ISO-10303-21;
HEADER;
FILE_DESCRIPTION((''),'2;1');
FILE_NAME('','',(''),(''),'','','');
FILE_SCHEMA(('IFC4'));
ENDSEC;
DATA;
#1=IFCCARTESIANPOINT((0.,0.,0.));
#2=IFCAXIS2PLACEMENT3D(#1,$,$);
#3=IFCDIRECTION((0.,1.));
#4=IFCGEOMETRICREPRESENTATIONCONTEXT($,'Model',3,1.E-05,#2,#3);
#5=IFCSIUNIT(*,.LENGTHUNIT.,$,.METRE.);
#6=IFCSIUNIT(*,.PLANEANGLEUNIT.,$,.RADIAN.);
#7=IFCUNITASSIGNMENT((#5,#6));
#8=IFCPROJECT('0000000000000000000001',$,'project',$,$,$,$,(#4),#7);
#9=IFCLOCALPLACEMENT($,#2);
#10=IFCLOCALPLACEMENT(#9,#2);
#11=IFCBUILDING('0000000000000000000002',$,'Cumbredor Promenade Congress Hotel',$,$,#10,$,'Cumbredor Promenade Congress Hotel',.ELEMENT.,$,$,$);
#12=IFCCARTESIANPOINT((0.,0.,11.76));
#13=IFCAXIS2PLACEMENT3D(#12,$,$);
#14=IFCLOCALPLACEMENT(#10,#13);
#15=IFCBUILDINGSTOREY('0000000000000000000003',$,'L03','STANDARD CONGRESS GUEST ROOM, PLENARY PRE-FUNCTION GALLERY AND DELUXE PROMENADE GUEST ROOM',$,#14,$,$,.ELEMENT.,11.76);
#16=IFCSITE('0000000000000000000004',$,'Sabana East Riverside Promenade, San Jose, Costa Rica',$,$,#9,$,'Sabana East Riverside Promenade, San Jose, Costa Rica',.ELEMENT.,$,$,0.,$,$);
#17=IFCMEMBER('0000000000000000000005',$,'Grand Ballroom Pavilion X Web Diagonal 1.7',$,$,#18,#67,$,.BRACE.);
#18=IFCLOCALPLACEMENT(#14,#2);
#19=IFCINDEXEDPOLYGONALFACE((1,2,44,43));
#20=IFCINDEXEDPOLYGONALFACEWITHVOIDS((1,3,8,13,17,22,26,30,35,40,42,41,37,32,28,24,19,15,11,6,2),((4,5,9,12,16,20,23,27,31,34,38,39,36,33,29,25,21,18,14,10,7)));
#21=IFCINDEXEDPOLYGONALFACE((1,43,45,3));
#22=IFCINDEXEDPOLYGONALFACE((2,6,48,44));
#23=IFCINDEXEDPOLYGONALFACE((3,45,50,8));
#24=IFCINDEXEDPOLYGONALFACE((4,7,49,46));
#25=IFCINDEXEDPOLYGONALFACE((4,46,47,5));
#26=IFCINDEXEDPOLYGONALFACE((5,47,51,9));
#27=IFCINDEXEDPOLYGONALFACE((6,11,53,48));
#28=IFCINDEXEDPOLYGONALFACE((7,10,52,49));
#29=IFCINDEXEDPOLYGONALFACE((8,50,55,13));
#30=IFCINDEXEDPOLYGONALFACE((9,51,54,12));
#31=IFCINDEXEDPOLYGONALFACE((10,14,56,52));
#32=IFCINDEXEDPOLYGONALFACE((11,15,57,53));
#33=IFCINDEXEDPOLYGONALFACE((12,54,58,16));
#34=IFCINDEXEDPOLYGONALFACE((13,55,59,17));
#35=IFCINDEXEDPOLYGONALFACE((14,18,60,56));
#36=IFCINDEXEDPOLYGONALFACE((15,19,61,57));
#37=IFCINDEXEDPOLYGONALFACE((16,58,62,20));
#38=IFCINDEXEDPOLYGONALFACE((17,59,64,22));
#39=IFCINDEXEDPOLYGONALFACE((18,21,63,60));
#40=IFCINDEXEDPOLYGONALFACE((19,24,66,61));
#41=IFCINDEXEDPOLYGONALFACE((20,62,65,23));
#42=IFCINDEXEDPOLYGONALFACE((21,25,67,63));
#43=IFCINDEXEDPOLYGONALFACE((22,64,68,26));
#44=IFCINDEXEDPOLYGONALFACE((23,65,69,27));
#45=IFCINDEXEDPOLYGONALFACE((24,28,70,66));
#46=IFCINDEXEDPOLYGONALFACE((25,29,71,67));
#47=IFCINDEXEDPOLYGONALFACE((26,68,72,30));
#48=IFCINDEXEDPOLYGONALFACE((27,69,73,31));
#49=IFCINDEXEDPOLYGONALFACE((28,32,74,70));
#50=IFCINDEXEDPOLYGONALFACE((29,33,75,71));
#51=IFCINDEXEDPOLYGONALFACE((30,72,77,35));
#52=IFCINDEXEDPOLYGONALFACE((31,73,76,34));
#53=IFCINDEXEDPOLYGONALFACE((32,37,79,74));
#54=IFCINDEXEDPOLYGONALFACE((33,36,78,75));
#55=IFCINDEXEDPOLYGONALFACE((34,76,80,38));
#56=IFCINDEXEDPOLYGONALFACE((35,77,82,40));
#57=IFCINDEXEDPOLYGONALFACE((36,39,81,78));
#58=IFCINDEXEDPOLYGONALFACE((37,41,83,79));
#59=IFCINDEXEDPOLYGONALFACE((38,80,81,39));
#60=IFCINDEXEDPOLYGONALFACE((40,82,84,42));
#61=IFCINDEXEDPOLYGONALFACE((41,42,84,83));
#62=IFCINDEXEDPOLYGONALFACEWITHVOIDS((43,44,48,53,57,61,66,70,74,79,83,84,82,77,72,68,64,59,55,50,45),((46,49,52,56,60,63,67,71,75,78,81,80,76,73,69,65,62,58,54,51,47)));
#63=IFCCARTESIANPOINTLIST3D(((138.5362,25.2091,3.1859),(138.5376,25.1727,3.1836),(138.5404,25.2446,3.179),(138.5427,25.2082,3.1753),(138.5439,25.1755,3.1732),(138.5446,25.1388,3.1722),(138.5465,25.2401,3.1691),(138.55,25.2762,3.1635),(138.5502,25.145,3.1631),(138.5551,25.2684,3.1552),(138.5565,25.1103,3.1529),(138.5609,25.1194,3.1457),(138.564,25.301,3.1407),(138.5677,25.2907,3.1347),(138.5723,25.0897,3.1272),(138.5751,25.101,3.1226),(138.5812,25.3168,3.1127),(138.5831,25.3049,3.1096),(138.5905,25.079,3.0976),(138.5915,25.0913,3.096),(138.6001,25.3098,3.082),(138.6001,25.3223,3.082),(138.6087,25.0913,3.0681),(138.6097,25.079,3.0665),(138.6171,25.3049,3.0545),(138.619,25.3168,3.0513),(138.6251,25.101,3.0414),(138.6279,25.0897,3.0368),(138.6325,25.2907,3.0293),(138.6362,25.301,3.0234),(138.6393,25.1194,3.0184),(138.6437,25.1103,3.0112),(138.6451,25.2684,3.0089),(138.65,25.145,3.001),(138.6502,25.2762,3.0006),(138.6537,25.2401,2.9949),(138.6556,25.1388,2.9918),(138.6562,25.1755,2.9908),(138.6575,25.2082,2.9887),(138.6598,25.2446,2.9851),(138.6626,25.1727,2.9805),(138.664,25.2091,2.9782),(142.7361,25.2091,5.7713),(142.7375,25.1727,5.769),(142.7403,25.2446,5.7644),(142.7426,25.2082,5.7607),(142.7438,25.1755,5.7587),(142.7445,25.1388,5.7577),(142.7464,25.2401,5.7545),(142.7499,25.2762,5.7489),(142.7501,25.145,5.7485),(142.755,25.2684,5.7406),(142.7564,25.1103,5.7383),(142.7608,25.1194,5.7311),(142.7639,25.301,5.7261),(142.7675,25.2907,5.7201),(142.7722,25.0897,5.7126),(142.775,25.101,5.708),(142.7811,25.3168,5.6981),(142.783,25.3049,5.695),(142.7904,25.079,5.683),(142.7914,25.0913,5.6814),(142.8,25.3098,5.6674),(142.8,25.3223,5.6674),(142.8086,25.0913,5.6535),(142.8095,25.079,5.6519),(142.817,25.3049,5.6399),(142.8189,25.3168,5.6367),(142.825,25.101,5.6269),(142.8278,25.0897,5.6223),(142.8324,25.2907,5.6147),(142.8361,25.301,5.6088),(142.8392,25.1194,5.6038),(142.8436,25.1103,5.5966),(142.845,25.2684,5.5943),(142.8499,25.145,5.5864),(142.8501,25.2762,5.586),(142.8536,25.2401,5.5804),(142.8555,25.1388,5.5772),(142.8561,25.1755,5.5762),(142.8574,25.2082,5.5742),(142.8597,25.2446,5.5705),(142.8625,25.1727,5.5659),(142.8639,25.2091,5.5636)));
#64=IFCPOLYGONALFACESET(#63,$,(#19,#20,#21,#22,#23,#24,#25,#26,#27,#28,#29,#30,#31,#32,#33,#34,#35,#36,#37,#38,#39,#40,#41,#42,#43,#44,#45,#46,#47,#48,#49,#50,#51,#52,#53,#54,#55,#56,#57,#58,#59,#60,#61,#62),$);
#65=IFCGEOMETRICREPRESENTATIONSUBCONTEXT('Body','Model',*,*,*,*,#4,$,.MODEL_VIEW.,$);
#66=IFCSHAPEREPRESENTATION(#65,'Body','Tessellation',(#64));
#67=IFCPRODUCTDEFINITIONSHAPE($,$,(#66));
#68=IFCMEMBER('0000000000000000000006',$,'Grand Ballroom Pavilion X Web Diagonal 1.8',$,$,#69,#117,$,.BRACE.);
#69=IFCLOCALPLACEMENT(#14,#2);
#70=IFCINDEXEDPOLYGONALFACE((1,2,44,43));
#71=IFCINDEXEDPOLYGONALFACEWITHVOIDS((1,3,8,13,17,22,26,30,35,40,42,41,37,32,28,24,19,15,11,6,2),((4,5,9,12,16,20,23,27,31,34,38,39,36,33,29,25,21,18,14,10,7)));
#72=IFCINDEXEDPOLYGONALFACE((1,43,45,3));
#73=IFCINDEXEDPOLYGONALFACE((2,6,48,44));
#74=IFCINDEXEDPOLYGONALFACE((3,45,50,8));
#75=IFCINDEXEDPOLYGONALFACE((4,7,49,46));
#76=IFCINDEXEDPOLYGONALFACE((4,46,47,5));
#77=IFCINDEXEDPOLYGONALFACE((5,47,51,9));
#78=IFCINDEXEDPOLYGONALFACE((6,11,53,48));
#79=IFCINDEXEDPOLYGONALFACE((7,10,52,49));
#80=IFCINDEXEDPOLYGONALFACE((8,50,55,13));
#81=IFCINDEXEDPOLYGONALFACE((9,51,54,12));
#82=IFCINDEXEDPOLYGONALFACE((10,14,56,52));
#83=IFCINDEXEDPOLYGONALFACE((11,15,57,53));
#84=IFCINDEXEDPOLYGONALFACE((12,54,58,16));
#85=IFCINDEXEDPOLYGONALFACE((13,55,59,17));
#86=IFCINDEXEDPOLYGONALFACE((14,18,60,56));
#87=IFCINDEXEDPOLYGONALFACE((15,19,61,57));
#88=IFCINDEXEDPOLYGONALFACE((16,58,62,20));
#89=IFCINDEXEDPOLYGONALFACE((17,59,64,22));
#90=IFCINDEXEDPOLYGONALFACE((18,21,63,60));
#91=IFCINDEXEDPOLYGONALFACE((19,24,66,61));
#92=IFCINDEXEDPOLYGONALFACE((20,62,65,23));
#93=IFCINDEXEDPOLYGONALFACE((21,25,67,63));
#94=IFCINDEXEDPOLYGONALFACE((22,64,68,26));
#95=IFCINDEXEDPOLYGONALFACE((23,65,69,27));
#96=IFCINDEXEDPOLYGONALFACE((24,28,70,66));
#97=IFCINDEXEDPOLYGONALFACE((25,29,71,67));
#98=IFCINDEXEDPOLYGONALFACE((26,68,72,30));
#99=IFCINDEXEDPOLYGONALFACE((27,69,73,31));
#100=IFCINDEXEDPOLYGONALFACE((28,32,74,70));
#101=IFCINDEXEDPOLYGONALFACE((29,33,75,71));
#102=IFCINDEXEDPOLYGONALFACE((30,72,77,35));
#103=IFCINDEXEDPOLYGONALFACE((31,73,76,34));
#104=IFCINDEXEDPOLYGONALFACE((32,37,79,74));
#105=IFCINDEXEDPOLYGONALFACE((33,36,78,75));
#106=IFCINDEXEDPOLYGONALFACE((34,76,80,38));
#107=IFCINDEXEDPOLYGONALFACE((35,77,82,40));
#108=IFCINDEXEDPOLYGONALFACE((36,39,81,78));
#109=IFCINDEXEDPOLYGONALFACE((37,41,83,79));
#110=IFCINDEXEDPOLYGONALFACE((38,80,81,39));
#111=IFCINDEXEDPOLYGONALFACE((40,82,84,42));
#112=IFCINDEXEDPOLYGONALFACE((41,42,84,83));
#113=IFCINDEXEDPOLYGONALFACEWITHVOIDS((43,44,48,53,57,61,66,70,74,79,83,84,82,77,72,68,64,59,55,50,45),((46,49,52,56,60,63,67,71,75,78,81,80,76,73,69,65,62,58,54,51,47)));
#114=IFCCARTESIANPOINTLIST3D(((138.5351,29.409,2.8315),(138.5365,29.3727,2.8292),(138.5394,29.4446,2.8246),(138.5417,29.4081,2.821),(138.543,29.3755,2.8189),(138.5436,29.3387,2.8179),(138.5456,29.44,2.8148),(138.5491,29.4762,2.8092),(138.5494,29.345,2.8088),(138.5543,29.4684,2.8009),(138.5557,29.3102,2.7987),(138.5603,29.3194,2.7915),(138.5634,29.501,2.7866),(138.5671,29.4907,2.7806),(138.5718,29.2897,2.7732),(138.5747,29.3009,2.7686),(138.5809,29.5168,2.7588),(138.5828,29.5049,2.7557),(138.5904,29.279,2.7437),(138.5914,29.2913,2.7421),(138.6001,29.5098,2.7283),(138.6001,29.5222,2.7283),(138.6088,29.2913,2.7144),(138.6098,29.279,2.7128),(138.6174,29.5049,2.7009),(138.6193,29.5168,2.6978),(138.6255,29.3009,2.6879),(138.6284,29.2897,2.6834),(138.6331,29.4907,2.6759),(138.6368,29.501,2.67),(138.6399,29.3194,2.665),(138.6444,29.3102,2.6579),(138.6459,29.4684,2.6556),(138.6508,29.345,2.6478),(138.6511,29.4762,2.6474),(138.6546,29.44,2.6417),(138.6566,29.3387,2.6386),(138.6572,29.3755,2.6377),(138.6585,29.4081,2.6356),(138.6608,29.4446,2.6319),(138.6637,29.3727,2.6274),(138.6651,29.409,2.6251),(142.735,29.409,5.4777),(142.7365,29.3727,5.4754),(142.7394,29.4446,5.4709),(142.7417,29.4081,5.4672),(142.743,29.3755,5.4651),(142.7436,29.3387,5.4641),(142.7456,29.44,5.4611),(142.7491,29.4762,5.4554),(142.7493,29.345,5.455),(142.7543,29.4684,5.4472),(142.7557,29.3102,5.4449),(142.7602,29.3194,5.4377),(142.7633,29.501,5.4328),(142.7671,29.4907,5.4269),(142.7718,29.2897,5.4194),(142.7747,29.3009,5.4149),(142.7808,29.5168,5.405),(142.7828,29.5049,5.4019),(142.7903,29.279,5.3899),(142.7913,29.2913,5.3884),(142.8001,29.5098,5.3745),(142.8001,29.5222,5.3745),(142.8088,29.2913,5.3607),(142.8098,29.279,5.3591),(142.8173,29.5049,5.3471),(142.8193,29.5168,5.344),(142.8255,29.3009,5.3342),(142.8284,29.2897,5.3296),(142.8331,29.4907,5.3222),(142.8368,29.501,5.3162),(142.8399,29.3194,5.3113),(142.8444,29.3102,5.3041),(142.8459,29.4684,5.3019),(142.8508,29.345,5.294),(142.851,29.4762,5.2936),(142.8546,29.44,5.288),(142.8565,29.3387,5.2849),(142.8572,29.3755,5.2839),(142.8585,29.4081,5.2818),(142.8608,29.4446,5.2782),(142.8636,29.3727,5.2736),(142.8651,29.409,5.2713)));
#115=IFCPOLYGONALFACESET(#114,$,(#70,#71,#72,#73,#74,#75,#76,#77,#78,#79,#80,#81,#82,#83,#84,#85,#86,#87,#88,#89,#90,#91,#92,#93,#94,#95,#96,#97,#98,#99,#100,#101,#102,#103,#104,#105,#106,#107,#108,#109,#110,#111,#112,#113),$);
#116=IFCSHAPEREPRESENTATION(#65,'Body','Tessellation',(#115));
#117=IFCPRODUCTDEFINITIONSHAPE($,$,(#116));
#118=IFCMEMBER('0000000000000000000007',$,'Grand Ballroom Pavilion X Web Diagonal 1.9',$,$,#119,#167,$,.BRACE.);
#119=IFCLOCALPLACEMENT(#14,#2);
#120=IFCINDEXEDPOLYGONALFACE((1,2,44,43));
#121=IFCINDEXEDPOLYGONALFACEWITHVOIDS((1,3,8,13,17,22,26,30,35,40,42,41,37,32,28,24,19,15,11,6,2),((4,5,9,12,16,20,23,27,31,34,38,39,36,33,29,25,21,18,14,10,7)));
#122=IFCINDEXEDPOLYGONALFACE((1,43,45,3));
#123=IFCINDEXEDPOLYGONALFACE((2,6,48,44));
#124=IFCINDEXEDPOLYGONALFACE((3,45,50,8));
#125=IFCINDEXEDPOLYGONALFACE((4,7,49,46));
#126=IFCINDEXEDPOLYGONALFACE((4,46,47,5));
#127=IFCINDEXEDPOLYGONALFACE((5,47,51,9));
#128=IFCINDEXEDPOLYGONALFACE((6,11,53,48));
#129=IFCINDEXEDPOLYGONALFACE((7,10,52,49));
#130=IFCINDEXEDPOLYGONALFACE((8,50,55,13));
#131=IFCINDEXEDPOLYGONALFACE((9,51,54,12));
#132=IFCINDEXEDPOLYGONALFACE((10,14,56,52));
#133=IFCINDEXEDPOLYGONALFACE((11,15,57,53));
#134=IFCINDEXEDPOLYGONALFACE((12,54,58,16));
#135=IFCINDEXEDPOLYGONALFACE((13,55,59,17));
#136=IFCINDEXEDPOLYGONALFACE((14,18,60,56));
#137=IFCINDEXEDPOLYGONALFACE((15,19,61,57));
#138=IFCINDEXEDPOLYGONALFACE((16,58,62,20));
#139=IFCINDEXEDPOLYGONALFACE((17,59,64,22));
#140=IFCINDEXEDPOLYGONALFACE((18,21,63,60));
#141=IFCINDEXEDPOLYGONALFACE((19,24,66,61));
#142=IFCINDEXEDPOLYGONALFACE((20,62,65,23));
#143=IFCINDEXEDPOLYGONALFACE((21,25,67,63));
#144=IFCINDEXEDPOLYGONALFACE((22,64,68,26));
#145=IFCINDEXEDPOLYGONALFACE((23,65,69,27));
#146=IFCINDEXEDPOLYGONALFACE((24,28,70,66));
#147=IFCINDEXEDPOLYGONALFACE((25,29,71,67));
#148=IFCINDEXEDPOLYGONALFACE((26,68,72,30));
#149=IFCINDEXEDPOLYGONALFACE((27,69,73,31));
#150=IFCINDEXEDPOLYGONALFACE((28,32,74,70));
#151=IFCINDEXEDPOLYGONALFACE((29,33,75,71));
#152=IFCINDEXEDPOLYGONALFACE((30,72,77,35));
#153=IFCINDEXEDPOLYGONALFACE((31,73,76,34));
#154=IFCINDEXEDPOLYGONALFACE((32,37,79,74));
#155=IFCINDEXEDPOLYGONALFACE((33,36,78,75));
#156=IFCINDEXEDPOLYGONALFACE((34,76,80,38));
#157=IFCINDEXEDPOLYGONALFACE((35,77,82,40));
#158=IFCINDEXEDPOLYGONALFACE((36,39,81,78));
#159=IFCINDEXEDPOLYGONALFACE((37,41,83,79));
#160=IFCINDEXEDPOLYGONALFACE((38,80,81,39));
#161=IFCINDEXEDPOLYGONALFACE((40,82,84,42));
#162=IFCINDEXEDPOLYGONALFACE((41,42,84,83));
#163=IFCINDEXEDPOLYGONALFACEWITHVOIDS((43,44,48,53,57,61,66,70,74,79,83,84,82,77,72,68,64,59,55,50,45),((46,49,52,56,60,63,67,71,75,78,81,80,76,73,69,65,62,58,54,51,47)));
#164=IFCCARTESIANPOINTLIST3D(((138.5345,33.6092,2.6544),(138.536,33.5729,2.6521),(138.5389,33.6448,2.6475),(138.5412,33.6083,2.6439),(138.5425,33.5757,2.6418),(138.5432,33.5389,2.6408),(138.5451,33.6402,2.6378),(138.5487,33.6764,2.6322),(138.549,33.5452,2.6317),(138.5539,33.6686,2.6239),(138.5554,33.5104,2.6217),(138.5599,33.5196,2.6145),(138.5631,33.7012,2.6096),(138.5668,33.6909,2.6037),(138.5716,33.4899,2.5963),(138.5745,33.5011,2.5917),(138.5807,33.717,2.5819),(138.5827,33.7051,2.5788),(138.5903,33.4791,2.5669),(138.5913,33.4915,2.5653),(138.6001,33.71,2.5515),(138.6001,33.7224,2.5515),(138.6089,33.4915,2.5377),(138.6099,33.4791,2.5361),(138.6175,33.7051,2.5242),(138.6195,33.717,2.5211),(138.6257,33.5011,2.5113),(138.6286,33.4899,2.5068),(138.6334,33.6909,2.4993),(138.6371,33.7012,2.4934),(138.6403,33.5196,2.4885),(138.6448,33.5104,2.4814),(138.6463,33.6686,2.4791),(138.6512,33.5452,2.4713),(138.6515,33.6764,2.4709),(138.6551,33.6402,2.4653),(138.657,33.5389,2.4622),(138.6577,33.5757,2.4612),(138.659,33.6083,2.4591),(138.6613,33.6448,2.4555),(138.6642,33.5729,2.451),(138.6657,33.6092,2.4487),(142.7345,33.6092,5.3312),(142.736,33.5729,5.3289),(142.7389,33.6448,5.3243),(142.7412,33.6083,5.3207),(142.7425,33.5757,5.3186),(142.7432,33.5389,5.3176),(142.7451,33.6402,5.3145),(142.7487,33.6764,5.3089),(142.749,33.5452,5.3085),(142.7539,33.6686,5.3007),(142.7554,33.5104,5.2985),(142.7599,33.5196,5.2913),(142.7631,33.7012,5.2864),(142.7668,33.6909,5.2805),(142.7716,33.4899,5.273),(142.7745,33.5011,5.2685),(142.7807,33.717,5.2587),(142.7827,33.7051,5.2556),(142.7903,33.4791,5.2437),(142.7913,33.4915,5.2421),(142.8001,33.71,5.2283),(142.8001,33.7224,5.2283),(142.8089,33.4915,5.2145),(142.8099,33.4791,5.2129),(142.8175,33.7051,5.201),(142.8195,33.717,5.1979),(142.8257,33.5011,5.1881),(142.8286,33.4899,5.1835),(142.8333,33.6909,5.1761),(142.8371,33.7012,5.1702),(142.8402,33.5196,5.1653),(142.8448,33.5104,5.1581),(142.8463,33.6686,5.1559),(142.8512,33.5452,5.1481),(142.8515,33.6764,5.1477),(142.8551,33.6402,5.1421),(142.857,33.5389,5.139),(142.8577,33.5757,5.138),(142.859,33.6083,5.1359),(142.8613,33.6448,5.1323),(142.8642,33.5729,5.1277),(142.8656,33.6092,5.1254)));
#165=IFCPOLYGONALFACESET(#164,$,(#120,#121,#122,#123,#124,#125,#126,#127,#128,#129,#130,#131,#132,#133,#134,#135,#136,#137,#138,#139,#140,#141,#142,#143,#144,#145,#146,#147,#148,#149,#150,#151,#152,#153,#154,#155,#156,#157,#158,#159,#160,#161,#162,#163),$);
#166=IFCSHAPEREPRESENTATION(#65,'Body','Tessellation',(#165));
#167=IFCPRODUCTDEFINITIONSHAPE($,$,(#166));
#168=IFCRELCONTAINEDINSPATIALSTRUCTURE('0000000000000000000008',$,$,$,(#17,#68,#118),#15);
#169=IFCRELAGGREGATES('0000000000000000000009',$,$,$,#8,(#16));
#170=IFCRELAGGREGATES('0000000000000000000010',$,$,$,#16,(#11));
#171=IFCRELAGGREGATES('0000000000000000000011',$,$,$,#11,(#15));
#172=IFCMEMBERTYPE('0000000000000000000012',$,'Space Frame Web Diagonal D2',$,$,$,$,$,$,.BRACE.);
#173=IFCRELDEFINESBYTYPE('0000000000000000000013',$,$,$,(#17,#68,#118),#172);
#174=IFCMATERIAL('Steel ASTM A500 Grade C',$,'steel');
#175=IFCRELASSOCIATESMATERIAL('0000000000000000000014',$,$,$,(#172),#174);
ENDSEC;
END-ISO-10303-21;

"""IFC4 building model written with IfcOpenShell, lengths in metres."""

from ifc_helpers import new_model, si_unit, direction, frame, origin, origin_2d, place, context, subcontext, project, spatial, hollow_circle, extrude, material, material_profile, profile_set, type_object, element, save


model = new_model("IFC4")

# Units and contexts
model_context = context("Model", 3, precision=1e-05, world=origin(), true_north=direction((0.0, 1.0)))
body_context = subcontext(model_context, "Body", "Model", "MODEL_VIEW")
ifc_project = project(units=[si_unit("LENGTHUNIT", "METRE"), si_unit("PLANEANGLEUNIT", "RADIAN")], contexts=[model_context])

# Site, building, storey
site_placement = place(None, origin())
site = spatial("IfcSite", under=ifc_project, at=site_placement, Name="Sabana East Riverside Promenade, San Jose, Costa Rica", LongName="Sabana East Riverside Promenade, San Jose, Costa Rica", CompositionType="ELEMENT", RefElevation=0.0)
building_placement = place(site_placement, origin())
building = spatial("IfcBuilding", under=site, at=building_placement, Name="Cumbredor Promenade Congress Hotel", LongName="Cumbredor Promenade Congress Hotel", CompositionType="ELEMENT")
storey_placement = place(building_placement, frame((0.0, 0.0, 11.76)))
storey = spatial("IfcBuildingStorey", under=building, at=storey_placement, Name="L03", Description="STANDARD CONGRESS GUEST ROOM, PLENARY PRE-FUNCTION GALLERY AND DELUXE PROMENADE GUEST ROOM", CompositionType="ELEMENT", Elevation=11.76)

# Members
ifc_material_1 = material(Name="Steel ASTM A500 Grade C", Category="steel")
ifc_material_profile_1 = material_profile(ifc_material_1, hollow_circle(Radius=0.1223, WallThickness=0.0125, at=origin_2d()), Name="CHS 244.5x12.5")
ifc_profile_set_1 = profile_set([ifc_material_profile_1], Name="Steel ASTM A500 Grade C")
member_type_1 = type_object("IfcMemberType", Name="Space Frame Web Diagonal D2", PredefinedType="BRACE", material=ifc_profile_set_1)
member_1_placement = place(storey_placement, frame((138.6001, 25.2, 3.082), z_axis=(0.85158, 0.0, 0.524224), x_axis=(0.0, 1.0, 0.0)))
element("IfcMember", 1, at=member_1_placement, inside=storey, type_object=member_type_1, Name="Grand Ballroom Pavilion X Web Diagonal 1.7", PredefinedType="BRACE", context=body_context, shape_type="SweptSolid", body=[
    extrude(hollow_circle(Radius=0.1223, WallThickness=0.0125, at=origin_2d()), origin(), (0.0, 0.0, 1.0), 4.9319),
])
member_2_placement = place(storey_placement, frame((138.6001, 29.3999, 2.7283), z_axis=(0.846067, 0.0, 0.533077), x_axis=(0.0, 1.0, 0.0)))
element("IfcMember", 2, at=member_2_placement, inside=storey, type_object=member_type_1, Name="Grand Ballroom Pavilion X Web Diagonal 1.8", PredefinedType="BRACE", context=body_context, shape_type="SweptSolid", body=[
    extrude(hollow_circle(Radius=0.1223, WallThickness=0.0125, at=origin_2d()), origin(), (0.0, 0.0, 1.0), 4.9641),
])
for number, where, z_axis, x_axis, name in (
    (3, (138.6001, 33.6001, 2.5515), (0.843292, 0.0, 0.537456), (0.0, 1.0, 0.0), "Grand Ballroom Pavilion X Web Diagonal 1.9"),
):
    element("IfcMember", number, at=place(storey_placement, frame(where, z_axis=z_axis, x_axis=x_axis)), inside=storey, type_object=member_type_1, Name=name, PredefinedType="BRACE", context=body_context, shape_type="SweptSolid", body=[
        extrude(hollow_circle(Radius=0.1223, WallThickness=0.0125, at=origin_2d()), origin(), (0.0, 0.0, 1.0), 4.9805),
    ])

save(model, "model.ifc")
